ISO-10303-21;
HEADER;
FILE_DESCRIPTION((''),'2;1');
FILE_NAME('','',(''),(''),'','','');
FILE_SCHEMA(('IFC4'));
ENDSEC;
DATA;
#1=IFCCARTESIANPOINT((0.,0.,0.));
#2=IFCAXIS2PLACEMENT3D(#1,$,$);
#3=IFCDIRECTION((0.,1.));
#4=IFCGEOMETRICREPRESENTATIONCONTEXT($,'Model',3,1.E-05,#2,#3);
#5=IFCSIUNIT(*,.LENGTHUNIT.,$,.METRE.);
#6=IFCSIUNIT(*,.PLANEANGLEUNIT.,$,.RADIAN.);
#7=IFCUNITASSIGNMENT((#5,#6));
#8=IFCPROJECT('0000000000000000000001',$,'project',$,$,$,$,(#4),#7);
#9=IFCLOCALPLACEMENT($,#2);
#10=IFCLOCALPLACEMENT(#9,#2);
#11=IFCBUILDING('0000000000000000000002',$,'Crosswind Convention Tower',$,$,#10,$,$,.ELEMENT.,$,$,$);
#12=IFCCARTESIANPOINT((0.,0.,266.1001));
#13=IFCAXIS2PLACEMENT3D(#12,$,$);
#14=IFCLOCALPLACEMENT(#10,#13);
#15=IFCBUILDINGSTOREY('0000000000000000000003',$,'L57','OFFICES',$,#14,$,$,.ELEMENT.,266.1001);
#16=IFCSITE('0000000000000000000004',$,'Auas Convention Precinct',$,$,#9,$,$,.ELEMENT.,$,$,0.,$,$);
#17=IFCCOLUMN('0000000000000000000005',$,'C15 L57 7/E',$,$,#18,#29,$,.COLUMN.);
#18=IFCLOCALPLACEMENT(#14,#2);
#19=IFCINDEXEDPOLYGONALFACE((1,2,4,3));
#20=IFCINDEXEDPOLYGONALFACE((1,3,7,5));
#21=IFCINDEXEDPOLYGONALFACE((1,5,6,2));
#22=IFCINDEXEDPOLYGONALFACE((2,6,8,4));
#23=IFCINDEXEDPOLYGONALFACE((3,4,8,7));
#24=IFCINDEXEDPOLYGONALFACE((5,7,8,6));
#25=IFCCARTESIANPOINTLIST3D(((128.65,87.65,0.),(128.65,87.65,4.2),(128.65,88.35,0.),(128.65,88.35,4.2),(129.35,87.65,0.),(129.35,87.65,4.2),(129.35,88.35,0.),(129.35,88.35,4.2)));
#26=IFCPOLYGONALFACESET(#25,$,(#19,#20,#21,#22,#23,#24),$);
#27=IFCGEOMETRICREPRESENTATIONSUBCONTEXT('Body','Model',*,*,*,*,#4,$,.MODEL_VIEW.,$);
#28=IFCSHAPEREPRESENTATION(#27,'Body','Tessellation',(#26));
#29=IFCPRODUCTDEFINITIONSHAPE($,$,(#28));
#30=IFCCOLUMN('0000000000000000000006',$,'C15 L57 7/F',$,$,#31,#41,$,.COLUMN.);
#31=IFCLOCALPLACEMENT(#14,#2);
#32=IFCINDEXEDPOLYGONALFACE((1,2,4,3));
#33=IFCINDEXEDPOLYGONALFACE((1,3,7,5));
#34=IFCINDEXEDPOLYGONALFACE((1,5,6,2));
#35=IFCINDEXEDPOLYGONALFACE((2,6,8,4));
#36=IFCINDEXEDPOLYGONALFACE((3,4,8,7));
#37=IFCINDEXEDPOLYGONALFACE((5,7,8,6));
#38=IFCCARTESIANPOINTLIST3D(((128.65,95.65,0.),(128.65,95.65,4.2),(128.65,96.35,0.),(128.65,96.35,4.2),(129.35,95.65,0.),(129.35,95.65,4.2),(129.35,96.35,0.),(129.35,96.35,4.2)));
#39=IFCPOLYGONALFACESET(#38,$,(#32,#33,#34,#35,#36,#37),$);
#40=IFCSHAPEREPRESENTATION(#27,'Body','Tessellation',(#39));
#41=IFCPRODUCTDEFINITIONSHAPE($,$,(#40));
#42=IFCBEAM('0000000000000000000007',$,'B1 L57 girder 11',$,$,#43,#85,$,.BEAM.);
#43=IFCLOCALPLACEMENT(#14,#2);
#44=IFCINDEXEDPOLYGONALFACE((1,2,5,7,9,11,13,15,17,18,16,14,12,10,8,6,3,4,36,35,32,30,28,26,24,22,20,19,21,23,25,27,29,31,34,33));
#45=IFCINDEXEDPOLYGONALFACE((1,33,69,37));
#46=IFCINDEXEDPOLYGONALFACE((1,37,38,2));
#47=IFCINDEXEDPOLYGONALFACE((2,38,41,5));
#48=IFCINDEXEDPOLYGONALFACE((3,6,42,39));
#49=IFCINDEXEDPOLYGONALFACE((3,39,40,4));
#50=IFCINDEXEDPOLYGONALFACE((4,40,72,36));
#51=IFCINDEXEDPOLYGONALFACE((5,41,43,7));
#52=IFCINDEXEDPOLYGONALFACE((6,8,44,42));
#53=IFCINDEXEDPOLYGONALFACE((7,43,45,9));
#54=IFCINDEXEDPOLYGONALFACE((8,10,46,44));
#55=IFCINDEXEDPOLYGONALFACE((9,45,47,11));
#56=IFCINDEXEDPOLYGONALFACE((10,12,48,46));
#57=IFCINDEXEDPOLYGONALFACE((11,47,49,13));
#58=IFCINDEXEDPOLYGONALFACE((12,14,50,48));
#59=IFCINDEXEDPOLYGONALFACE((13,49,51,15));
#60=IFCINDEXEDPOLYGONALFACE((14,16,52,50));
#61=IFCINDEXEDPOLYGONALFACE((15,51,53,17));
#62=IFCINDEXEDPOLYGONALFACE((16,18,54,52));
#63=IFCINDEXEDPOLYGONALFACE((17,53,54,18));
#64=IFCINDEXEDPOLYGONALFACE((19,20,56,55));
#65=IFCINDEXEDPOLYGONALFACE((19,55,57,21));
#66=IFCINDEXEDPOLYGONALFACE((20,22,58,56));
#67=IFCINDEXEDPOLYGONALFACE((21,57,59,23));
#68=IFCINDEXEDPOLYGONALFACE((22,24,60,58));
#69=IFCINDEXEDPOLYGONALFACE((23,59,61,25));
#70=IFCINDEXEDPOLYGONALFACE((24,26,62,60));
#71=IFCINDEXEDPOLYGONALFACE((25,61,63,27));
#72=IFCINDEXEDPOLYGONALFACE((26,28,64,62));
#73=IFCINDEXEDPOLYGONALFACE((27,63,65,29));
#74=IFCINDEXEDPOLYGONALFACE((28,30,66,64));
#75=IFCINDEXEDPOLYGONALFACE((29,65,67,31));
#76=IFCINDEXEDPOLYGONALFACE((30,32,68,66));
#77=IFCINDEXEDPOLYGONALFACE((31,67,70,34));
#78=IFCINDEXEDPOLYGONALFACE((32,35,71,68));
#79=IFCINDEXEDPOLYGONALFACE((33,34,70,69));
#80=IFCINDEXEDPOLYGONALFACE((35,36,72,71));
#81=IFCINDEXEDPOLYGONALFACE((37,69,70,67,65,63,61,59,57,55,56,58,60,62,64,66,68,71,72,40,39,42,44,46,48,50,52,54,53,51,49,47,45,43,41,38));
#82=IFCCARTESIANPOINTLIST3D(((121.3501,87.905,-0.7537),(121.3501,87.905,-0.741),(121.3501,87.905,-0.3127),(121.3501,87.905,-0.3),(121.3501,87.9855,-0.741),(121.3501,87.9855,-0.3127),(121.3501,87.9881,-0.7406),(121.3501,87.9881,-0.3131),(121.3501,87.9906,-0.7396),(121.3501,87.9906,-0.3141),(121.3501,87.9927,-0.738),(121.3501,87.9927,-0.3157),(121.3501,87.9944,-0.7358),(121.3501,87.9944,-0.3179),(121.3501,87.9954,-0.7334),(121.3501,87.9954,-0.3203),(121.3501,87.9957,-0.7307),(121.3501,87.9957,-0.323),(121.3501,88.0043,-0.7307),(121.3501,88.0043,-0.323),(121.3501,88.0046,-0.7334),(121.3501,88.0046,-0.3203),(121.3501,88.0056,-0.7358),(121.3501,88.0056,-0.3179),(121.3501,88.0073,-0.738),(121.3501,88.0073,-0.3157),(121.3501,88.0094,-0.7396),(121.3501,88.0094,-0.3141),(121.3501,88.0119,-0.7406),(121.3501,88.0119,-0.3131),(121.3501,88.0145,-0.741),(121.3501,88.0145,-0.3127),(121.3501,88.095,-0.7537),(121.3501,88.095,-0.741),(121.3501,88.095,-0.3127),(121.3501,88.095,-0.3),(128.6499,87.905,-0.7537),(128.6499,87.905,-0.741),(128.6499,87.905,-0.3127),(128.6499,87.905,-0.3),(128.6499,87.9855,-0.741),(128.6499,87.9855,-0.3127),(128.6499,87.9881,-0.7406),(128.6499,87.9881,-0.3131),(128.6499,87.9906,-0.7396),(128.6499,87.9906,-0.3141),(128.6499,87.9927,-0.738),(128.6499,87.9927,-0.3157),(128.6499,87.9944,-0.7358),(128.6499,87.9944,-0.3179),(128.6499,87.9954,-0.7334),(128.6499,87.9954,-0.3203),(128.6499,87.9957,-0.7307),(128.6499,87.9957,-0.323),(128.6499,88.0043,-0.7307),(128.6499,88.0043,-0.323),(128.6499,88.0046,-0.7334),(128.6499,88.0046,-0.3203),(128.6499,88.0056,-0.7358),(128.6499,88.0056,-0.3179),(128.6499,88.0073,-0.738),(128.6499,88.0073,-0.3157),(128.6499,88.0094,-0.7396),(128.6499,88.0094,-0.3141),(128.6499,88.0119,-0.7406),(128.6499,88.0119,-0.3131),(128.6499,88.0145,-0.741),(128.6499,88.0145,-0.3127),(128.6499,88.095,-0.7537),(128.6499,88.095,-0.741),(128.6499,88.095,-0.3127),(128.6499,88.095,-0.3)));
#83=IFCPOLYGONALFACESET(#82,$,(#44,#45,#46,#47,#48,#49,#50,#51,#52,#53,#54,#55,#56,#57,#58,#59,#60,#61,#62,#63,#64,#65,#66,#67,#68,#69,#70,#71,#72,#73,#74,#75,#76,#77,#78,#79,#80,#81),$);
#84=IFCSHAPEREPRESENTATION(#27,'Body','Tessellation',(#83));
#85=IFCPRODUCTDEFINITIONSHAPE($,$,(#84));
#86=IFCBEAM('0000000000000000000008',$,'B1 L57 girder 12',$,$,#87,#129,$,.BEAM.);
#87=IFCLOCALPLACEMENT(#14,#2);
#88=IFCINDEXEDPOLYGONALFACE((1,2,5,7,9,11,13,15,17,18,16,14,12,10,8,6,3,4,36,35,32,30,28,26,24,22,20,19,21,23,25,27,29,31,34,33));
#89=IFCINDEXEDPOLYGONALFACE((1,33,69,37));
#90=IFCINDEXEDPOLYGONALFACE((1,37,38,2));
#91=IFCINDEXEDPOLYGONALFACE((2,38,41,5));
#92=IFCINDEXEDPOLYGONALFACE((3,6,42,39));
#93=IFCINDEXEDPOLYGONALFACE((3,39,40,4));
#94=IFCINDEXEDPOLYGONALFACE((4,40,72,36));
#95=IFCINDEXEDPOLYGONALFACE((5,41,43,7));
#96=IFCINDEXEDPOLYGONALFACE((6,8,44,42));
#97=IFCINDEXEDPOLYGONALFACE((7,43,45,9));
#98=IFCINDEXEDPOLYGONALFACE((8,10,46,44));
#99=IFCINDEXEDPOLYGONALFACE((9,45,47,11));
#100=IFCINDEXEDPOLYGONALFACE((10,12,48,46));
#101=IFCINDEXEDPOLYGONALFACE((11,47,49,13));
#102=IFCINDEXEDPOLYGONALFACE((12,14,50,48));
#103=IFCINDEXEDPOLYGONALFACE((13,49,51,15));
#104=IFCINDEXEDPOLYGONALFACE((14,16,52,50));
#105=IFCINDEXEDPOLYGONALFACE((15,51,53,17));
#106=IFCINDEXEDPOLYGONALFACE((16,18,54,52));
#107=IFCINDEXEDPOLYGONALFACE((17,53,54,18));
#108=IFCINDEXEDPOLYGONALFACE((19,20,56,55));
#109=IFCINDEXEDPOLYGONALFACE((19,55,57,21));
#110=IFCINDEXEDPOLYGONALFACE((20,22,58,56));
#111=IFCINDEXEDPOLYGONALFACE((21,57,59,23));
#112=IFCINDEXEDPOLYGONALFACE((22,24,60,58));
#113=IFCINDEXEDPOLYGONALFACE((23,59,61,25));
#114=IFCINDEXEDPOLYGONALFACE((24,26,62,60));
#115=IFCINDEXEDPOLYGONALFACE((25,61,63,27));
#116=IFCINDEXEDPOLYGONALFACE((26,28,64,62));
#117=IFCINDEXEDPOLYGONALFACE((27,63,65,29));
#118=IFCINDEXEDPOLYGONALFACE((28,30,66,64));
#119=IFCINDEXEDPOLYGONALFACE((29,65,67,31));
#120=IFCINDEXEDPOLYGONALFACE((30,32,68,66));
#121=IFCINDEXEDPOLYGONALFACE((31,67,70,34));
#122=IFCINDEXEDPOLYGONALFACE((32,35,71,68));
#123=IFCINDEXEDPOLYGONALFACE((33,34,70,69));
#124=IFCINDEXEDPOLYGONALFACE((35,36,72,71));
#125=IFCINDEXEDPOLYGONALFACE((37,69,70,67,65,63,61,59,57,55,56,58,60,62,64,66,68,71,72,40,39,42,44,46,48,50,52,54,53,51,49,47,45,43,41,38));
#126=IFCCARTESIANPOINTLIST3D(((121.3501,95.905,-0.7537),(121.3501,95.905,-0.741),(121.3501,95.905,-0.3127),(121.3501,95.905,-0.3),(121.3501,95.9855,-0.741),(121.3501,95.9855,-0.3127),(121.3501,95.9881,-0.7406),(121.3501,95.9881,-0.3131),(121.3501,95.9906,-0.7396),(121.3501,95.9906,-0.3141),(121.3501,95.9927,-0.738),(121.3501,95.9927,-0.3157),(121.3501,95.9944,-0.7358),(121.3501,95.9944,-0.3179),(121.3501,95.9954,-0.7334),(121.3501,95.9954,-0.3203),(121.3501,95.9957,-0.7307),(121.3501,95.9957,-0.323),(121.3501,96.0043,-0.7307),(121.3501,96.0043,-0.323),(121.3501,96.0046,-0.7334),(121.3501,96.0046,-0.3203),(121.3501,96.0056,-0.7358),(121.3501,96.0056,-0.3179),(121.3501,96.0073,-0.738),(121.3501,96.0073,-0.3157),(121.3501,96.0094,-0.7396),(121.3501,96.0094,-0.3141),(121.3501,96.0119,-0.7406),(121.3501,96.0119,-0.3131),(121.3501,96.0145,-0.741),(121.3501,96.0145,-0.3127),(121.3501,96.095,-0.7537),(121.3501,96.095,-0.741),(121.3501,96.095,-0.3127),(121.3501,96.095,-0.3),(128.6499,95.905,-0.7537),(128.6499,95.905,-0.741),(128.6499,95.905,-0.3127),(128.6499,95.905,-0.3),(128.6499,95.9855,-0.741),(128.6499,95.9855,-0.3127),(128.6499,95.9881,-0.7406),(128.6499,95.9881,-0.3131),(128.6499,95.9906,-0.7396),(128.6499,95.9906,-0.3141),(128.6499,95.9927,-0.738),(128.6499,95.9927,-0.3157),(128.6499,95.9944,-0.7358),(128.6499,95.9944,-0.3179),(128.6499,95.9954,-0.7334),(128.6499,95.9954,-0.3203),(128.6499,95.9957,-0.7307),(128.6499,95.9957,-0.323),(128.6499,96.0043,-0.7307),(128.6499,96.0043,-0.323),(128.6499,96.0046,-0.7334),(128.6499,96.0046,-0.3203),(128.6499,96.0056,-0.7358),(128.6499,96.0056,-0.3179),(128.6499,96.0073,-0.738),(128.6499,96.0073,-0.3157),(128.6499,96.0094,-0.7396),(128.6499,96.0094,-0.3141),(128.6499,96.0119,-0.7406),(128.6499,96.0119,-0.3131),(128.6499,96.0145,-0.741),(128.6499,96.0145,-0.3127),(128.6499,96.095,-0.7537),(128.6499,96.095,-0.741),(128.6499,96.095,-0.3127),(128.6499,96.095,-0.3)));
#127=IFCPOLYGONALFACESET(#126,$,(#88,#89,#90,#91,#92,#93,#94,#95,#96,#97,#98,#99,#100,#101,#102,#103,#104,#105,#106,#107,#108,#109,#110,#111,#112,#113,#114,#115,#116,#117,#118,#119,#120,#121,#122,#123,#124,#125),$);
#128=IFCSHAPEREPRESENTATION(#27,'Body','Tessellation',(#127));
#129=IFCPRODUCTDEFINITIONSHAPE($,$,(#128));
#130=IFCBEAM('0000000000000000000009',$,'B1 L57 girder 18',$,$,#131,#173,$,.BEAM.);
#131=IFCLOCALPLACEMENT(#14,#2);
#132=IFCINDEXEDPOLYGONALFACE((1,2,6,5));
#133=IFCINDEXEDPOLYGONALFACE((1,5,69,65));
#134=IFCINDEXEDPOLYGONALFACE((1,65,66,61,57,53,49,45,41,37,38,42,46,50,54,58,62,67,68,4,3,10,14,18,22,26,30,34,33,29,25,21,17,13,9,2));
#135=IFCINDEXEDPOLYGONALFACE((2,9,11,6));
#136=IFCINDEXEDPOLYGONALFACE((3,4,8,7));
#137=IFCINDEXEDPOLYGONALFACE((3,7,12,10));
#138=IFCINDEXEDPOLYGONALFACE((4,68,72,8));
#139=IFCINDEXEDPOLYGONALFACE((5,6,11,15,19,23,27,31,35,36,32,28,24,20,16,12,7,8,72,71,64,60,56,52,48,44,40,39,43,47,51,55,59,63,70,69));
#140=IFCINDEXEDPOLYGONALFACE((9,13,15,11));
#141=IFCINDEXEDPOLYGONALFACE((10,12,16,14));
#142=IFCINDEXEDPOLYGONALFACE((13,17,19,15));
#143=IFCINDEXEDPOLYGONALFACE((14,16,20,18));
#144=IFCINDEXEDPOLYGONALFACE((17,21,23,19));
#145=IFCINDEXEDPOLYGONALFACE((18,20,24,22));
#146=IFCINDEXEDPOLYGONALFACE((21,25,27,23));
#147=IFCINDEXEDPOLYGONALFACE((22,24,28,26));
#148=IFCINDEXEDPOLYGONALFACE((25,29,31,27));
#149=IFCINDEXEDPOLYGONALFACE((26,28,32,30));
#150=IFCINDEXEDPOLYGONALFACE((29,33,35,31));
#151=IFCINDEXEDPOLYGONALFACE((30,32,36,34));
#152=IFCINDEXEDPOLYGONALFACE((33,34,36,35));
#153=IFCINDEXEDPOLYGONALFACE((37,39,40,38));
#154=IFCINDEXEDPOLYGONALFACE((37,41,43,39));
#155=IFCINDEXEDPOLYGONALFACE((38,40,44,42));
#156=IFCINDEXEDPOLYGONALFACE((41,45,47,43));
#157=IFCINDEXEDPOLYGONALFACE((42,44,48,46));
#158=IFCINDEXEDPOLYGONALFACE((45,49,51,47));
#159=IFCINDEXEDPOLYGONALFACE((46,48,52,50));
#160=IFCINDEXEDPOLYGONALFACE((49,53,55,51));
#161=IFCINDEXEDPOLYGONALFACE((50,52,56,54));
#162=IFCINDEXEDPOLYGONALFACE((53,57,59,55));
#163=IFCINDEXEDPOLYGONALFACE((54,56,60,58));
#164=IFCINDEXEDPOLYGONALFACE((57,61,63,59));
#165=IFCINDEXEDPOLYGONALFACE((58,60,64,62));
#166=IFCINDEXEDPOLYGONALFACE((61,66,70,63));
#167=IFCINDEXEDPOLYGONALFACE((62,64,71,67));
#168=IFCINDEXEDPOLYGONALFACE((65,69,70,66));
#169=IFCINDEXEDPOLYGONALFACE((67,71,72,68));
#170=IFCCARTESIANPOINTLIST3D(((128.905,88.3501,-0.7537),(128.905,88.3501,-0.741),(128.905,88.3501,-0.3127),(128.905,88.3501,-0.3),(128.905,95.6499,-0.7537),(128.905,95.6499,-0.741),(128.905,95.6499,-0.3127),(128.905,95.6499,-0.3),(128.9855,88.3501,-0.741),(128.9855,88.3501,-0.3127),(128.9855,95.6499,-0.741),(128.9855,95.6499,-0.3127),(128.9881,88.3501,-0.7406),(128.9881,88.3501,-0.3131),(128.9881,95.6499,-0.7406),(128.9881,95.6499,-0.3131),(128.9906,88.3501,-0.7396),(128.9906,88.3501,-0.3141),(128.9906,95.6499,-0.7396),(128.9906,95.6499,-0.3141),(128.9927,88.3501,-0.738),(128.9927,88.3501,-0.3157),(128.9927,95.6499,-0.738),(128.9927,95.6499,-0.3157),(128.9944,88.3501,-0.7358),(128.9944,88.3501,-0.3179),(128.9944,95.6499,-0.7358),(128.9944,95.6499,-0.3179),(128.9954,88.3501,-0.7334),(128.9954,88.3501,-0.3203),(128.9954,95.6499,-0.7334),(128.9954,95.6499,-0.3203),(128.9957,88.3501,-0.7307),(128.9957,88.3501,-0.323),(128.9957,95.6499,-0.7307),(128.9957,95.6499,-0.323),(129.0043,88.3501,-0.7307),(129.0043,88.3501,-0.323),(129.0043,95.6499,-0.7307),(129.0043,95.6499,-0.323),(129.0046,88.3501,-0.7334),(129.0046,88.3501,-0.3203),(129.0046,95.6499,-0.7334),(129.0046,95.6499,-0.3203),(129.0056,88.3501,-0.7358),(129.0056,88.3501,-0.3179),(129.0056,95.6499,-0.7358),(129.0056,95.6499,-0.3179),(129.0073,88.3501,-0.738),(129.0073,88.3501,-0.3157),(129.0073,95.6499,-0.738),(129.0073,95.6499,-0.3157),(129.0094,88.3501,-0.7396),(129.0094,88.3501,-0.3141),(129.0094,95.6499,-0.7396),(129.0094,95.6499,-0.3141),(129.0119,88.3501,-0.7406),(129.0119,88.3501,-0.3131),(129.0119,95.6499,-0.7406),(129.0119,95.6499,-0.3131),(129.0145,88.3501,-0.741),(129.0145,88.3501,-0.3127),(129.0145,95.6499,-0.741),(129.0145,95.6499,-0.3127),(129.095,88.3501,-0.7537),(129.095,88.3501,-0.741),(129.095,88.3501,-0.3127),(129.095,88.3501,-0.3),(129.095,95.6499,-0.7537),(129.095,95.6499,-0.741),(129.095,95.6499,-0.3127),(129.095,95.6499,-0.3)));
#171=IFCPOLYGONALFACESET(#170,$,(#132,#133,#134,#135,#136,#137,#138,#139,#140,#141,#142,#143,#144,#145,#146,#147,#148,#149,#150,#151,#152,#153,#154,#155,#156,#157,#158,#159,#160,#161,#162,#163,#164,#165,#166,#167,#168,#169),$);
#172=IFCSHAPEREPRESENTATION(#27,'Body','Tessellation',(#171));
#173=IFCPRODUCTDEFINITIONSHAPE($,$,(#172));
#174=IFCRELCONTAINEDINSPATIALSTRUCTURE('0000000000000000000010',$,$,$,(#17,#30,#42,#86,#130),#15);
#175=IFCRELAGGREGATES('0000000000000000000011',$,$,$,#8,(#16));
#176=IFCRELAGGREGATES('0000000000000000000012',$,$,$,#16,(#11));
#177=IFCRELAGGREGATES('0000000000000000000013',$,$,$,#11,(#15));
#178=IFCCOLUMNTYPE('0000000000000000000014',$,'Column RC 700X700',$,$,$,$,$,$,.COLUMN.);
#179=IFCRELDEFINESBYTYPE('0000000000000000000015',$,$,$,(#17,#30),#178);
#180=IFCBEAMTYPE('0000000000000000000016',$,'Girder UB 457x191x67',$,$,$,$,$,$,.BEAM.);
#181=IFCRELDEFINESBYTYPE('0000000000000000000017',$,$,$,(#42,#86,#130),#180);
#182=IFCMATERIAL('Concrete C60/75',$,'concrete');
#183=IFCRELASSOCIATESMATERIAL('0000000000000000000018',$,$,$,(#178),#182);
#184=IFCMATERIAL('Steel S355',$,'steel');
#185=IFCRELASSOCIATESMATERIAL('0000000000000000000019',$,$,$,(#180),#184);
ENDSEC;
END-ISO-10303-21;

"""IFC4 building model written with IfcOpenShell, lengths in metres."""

from ifc_helpers import new_model, si_unit, direction, frame, origin, origin_2d, place, context, subcontext, project, spatial, rectangle, i_section, extrude, material, material_profile, profile_set, type_object, element, save


model = new_model("IFC4")

# Units and contexts
model_context = context("Model", 3, precision=1e-05, world=origin(), true_north=direction((0.0, 1.0)))
body_context = subcontext(model_context, "Body", "Model", "MODEL_VIEW")
ifc_project = project(units=[si_unit("LENGTHUNIT", "METRE"), si_unit("PLANEANGLEUNIT", "RADIAN")], contexts=[model_context])

# Site, building, storey
site_placement = place(None, origin())
site = spatial("IfcSite", under=ifc_project, at=site_placement, Name="Auas Convention Precinct", CompositionType="ELEMENT", RefElevation=0.0)
building_placement = place(site_placement, origin())
building = spatial("IfcBuilding", under=site, at=building_placement, Name="Crosswind Convention Tower", CompositionType="ELEMENT")
storey_placement = place(building_placement, frame((0.0, 0.0, 266.1001)))
storey = spatial("IfcBuildingStorey", under=building, at=storey_placement, Name="L57", Description="OFFICES", CompositionType="ELEMENT", Elevation=266.1001)

# Columns
ifc_material_1 = material(Name="Concrete C60/75", Category="concrete")
ifc_material_profile_1 = material_profile(ifc_material_1, rectangle(XDim=0.7, YDim=0.7, at=origin_2d()), Name="RC 700X700")
ifc_profile_set_1 = profile_set([ifc_material_profile_1], Name="Concrete C60/75")
column_type = type_object("IfcColumnType", Name="Column RC 700X700", PredefinedType="COLUMN", material=ifc_profile_set_1)
for number, where, z_axis, x_axis, name in (
    (1, (129.0, 88.0, 0.0), (0.0, 0.0, 1.0), (1.0, 0.0, 0.0), "C15 L57 7/E"),
    (2, (129.0, 96.0, 0.0), (0.0, 0.0, 1.0), (1.0, 0.0, 0.0), "C15 L57 7/F"),
):
    element("IfcColumn", number, at=place(storey_placement, frame(where, z_axis=z_axis, x_axis=x_axis)), inside=storey, type_object=column_type, Name=name, PredefinedType="COLUMN", context=body_context, shape_type="SweptSolid", body=[
        extrude(rectangle(XDim=0.7, YDim=0.7, at=origin_2d()), origin(), (0.0, 0.0, 1.0), 4.2),
    ])

# Beams
ifc_material_2 = material(Name="Steel S355", Category="steel")
ifc_material_profile_2 = material_profile(ifc_material_2, i_section(OverallWidth=0.1899, OverallDepth=0.4536, WebThickness=0.0085, FlangeThickness=0.0127, FilletRadius=0.0103, at=origin_2d()), Name="UB 457x191x67")
ifc_profile_set_2 = profile_set([ifc_material_profile_2], Name="Steel S355")
beam_type_1 = type_object("IfcBeamType", Name="Girder UB 457x191x67", PredefinedType="BEAM", material=ifc_profile_set_2)
for number, where, z_axis, x_axis, name in (
    (3, (121.3501, 88.0, -0.5269), (1.0, 0.0, 0.0), (0.0, 1.0, 0.0), "B1 L57 girder 11"),
    (4, (121.3501, 96.0, -0.5269), (1.0, 0.0, 0.0), (0.0, 1.0, 0.0), "B1 L57 girder 12"),
    (5, (129.0, 88.3501, -0.5269), (0.0, 1.0, 0.0), (-1.0, 0.0, 0.0), "B1 L57 girder 18"),
):
    element("IfcBeam", number, at=place(storey_placement, frame(where, z_axis=z_axis, x_axis=x_axis)), inside=storey, type_object=beam_type_1, Name=name, PredefinedType="BEAM", context=body_context, shape_type="SweptSolid", body=[
        extrude(i_section(OverallWidth=0.1899, OverallDepth=0.4536, WebThickness=0.0085, FlangeThickness=0.0127, FilletRadius=0.0103, at=origin_2d()), origin(), (0.0, 0.0, 1.0), 7.2998),
    ])

save(model, "model.ifc")
